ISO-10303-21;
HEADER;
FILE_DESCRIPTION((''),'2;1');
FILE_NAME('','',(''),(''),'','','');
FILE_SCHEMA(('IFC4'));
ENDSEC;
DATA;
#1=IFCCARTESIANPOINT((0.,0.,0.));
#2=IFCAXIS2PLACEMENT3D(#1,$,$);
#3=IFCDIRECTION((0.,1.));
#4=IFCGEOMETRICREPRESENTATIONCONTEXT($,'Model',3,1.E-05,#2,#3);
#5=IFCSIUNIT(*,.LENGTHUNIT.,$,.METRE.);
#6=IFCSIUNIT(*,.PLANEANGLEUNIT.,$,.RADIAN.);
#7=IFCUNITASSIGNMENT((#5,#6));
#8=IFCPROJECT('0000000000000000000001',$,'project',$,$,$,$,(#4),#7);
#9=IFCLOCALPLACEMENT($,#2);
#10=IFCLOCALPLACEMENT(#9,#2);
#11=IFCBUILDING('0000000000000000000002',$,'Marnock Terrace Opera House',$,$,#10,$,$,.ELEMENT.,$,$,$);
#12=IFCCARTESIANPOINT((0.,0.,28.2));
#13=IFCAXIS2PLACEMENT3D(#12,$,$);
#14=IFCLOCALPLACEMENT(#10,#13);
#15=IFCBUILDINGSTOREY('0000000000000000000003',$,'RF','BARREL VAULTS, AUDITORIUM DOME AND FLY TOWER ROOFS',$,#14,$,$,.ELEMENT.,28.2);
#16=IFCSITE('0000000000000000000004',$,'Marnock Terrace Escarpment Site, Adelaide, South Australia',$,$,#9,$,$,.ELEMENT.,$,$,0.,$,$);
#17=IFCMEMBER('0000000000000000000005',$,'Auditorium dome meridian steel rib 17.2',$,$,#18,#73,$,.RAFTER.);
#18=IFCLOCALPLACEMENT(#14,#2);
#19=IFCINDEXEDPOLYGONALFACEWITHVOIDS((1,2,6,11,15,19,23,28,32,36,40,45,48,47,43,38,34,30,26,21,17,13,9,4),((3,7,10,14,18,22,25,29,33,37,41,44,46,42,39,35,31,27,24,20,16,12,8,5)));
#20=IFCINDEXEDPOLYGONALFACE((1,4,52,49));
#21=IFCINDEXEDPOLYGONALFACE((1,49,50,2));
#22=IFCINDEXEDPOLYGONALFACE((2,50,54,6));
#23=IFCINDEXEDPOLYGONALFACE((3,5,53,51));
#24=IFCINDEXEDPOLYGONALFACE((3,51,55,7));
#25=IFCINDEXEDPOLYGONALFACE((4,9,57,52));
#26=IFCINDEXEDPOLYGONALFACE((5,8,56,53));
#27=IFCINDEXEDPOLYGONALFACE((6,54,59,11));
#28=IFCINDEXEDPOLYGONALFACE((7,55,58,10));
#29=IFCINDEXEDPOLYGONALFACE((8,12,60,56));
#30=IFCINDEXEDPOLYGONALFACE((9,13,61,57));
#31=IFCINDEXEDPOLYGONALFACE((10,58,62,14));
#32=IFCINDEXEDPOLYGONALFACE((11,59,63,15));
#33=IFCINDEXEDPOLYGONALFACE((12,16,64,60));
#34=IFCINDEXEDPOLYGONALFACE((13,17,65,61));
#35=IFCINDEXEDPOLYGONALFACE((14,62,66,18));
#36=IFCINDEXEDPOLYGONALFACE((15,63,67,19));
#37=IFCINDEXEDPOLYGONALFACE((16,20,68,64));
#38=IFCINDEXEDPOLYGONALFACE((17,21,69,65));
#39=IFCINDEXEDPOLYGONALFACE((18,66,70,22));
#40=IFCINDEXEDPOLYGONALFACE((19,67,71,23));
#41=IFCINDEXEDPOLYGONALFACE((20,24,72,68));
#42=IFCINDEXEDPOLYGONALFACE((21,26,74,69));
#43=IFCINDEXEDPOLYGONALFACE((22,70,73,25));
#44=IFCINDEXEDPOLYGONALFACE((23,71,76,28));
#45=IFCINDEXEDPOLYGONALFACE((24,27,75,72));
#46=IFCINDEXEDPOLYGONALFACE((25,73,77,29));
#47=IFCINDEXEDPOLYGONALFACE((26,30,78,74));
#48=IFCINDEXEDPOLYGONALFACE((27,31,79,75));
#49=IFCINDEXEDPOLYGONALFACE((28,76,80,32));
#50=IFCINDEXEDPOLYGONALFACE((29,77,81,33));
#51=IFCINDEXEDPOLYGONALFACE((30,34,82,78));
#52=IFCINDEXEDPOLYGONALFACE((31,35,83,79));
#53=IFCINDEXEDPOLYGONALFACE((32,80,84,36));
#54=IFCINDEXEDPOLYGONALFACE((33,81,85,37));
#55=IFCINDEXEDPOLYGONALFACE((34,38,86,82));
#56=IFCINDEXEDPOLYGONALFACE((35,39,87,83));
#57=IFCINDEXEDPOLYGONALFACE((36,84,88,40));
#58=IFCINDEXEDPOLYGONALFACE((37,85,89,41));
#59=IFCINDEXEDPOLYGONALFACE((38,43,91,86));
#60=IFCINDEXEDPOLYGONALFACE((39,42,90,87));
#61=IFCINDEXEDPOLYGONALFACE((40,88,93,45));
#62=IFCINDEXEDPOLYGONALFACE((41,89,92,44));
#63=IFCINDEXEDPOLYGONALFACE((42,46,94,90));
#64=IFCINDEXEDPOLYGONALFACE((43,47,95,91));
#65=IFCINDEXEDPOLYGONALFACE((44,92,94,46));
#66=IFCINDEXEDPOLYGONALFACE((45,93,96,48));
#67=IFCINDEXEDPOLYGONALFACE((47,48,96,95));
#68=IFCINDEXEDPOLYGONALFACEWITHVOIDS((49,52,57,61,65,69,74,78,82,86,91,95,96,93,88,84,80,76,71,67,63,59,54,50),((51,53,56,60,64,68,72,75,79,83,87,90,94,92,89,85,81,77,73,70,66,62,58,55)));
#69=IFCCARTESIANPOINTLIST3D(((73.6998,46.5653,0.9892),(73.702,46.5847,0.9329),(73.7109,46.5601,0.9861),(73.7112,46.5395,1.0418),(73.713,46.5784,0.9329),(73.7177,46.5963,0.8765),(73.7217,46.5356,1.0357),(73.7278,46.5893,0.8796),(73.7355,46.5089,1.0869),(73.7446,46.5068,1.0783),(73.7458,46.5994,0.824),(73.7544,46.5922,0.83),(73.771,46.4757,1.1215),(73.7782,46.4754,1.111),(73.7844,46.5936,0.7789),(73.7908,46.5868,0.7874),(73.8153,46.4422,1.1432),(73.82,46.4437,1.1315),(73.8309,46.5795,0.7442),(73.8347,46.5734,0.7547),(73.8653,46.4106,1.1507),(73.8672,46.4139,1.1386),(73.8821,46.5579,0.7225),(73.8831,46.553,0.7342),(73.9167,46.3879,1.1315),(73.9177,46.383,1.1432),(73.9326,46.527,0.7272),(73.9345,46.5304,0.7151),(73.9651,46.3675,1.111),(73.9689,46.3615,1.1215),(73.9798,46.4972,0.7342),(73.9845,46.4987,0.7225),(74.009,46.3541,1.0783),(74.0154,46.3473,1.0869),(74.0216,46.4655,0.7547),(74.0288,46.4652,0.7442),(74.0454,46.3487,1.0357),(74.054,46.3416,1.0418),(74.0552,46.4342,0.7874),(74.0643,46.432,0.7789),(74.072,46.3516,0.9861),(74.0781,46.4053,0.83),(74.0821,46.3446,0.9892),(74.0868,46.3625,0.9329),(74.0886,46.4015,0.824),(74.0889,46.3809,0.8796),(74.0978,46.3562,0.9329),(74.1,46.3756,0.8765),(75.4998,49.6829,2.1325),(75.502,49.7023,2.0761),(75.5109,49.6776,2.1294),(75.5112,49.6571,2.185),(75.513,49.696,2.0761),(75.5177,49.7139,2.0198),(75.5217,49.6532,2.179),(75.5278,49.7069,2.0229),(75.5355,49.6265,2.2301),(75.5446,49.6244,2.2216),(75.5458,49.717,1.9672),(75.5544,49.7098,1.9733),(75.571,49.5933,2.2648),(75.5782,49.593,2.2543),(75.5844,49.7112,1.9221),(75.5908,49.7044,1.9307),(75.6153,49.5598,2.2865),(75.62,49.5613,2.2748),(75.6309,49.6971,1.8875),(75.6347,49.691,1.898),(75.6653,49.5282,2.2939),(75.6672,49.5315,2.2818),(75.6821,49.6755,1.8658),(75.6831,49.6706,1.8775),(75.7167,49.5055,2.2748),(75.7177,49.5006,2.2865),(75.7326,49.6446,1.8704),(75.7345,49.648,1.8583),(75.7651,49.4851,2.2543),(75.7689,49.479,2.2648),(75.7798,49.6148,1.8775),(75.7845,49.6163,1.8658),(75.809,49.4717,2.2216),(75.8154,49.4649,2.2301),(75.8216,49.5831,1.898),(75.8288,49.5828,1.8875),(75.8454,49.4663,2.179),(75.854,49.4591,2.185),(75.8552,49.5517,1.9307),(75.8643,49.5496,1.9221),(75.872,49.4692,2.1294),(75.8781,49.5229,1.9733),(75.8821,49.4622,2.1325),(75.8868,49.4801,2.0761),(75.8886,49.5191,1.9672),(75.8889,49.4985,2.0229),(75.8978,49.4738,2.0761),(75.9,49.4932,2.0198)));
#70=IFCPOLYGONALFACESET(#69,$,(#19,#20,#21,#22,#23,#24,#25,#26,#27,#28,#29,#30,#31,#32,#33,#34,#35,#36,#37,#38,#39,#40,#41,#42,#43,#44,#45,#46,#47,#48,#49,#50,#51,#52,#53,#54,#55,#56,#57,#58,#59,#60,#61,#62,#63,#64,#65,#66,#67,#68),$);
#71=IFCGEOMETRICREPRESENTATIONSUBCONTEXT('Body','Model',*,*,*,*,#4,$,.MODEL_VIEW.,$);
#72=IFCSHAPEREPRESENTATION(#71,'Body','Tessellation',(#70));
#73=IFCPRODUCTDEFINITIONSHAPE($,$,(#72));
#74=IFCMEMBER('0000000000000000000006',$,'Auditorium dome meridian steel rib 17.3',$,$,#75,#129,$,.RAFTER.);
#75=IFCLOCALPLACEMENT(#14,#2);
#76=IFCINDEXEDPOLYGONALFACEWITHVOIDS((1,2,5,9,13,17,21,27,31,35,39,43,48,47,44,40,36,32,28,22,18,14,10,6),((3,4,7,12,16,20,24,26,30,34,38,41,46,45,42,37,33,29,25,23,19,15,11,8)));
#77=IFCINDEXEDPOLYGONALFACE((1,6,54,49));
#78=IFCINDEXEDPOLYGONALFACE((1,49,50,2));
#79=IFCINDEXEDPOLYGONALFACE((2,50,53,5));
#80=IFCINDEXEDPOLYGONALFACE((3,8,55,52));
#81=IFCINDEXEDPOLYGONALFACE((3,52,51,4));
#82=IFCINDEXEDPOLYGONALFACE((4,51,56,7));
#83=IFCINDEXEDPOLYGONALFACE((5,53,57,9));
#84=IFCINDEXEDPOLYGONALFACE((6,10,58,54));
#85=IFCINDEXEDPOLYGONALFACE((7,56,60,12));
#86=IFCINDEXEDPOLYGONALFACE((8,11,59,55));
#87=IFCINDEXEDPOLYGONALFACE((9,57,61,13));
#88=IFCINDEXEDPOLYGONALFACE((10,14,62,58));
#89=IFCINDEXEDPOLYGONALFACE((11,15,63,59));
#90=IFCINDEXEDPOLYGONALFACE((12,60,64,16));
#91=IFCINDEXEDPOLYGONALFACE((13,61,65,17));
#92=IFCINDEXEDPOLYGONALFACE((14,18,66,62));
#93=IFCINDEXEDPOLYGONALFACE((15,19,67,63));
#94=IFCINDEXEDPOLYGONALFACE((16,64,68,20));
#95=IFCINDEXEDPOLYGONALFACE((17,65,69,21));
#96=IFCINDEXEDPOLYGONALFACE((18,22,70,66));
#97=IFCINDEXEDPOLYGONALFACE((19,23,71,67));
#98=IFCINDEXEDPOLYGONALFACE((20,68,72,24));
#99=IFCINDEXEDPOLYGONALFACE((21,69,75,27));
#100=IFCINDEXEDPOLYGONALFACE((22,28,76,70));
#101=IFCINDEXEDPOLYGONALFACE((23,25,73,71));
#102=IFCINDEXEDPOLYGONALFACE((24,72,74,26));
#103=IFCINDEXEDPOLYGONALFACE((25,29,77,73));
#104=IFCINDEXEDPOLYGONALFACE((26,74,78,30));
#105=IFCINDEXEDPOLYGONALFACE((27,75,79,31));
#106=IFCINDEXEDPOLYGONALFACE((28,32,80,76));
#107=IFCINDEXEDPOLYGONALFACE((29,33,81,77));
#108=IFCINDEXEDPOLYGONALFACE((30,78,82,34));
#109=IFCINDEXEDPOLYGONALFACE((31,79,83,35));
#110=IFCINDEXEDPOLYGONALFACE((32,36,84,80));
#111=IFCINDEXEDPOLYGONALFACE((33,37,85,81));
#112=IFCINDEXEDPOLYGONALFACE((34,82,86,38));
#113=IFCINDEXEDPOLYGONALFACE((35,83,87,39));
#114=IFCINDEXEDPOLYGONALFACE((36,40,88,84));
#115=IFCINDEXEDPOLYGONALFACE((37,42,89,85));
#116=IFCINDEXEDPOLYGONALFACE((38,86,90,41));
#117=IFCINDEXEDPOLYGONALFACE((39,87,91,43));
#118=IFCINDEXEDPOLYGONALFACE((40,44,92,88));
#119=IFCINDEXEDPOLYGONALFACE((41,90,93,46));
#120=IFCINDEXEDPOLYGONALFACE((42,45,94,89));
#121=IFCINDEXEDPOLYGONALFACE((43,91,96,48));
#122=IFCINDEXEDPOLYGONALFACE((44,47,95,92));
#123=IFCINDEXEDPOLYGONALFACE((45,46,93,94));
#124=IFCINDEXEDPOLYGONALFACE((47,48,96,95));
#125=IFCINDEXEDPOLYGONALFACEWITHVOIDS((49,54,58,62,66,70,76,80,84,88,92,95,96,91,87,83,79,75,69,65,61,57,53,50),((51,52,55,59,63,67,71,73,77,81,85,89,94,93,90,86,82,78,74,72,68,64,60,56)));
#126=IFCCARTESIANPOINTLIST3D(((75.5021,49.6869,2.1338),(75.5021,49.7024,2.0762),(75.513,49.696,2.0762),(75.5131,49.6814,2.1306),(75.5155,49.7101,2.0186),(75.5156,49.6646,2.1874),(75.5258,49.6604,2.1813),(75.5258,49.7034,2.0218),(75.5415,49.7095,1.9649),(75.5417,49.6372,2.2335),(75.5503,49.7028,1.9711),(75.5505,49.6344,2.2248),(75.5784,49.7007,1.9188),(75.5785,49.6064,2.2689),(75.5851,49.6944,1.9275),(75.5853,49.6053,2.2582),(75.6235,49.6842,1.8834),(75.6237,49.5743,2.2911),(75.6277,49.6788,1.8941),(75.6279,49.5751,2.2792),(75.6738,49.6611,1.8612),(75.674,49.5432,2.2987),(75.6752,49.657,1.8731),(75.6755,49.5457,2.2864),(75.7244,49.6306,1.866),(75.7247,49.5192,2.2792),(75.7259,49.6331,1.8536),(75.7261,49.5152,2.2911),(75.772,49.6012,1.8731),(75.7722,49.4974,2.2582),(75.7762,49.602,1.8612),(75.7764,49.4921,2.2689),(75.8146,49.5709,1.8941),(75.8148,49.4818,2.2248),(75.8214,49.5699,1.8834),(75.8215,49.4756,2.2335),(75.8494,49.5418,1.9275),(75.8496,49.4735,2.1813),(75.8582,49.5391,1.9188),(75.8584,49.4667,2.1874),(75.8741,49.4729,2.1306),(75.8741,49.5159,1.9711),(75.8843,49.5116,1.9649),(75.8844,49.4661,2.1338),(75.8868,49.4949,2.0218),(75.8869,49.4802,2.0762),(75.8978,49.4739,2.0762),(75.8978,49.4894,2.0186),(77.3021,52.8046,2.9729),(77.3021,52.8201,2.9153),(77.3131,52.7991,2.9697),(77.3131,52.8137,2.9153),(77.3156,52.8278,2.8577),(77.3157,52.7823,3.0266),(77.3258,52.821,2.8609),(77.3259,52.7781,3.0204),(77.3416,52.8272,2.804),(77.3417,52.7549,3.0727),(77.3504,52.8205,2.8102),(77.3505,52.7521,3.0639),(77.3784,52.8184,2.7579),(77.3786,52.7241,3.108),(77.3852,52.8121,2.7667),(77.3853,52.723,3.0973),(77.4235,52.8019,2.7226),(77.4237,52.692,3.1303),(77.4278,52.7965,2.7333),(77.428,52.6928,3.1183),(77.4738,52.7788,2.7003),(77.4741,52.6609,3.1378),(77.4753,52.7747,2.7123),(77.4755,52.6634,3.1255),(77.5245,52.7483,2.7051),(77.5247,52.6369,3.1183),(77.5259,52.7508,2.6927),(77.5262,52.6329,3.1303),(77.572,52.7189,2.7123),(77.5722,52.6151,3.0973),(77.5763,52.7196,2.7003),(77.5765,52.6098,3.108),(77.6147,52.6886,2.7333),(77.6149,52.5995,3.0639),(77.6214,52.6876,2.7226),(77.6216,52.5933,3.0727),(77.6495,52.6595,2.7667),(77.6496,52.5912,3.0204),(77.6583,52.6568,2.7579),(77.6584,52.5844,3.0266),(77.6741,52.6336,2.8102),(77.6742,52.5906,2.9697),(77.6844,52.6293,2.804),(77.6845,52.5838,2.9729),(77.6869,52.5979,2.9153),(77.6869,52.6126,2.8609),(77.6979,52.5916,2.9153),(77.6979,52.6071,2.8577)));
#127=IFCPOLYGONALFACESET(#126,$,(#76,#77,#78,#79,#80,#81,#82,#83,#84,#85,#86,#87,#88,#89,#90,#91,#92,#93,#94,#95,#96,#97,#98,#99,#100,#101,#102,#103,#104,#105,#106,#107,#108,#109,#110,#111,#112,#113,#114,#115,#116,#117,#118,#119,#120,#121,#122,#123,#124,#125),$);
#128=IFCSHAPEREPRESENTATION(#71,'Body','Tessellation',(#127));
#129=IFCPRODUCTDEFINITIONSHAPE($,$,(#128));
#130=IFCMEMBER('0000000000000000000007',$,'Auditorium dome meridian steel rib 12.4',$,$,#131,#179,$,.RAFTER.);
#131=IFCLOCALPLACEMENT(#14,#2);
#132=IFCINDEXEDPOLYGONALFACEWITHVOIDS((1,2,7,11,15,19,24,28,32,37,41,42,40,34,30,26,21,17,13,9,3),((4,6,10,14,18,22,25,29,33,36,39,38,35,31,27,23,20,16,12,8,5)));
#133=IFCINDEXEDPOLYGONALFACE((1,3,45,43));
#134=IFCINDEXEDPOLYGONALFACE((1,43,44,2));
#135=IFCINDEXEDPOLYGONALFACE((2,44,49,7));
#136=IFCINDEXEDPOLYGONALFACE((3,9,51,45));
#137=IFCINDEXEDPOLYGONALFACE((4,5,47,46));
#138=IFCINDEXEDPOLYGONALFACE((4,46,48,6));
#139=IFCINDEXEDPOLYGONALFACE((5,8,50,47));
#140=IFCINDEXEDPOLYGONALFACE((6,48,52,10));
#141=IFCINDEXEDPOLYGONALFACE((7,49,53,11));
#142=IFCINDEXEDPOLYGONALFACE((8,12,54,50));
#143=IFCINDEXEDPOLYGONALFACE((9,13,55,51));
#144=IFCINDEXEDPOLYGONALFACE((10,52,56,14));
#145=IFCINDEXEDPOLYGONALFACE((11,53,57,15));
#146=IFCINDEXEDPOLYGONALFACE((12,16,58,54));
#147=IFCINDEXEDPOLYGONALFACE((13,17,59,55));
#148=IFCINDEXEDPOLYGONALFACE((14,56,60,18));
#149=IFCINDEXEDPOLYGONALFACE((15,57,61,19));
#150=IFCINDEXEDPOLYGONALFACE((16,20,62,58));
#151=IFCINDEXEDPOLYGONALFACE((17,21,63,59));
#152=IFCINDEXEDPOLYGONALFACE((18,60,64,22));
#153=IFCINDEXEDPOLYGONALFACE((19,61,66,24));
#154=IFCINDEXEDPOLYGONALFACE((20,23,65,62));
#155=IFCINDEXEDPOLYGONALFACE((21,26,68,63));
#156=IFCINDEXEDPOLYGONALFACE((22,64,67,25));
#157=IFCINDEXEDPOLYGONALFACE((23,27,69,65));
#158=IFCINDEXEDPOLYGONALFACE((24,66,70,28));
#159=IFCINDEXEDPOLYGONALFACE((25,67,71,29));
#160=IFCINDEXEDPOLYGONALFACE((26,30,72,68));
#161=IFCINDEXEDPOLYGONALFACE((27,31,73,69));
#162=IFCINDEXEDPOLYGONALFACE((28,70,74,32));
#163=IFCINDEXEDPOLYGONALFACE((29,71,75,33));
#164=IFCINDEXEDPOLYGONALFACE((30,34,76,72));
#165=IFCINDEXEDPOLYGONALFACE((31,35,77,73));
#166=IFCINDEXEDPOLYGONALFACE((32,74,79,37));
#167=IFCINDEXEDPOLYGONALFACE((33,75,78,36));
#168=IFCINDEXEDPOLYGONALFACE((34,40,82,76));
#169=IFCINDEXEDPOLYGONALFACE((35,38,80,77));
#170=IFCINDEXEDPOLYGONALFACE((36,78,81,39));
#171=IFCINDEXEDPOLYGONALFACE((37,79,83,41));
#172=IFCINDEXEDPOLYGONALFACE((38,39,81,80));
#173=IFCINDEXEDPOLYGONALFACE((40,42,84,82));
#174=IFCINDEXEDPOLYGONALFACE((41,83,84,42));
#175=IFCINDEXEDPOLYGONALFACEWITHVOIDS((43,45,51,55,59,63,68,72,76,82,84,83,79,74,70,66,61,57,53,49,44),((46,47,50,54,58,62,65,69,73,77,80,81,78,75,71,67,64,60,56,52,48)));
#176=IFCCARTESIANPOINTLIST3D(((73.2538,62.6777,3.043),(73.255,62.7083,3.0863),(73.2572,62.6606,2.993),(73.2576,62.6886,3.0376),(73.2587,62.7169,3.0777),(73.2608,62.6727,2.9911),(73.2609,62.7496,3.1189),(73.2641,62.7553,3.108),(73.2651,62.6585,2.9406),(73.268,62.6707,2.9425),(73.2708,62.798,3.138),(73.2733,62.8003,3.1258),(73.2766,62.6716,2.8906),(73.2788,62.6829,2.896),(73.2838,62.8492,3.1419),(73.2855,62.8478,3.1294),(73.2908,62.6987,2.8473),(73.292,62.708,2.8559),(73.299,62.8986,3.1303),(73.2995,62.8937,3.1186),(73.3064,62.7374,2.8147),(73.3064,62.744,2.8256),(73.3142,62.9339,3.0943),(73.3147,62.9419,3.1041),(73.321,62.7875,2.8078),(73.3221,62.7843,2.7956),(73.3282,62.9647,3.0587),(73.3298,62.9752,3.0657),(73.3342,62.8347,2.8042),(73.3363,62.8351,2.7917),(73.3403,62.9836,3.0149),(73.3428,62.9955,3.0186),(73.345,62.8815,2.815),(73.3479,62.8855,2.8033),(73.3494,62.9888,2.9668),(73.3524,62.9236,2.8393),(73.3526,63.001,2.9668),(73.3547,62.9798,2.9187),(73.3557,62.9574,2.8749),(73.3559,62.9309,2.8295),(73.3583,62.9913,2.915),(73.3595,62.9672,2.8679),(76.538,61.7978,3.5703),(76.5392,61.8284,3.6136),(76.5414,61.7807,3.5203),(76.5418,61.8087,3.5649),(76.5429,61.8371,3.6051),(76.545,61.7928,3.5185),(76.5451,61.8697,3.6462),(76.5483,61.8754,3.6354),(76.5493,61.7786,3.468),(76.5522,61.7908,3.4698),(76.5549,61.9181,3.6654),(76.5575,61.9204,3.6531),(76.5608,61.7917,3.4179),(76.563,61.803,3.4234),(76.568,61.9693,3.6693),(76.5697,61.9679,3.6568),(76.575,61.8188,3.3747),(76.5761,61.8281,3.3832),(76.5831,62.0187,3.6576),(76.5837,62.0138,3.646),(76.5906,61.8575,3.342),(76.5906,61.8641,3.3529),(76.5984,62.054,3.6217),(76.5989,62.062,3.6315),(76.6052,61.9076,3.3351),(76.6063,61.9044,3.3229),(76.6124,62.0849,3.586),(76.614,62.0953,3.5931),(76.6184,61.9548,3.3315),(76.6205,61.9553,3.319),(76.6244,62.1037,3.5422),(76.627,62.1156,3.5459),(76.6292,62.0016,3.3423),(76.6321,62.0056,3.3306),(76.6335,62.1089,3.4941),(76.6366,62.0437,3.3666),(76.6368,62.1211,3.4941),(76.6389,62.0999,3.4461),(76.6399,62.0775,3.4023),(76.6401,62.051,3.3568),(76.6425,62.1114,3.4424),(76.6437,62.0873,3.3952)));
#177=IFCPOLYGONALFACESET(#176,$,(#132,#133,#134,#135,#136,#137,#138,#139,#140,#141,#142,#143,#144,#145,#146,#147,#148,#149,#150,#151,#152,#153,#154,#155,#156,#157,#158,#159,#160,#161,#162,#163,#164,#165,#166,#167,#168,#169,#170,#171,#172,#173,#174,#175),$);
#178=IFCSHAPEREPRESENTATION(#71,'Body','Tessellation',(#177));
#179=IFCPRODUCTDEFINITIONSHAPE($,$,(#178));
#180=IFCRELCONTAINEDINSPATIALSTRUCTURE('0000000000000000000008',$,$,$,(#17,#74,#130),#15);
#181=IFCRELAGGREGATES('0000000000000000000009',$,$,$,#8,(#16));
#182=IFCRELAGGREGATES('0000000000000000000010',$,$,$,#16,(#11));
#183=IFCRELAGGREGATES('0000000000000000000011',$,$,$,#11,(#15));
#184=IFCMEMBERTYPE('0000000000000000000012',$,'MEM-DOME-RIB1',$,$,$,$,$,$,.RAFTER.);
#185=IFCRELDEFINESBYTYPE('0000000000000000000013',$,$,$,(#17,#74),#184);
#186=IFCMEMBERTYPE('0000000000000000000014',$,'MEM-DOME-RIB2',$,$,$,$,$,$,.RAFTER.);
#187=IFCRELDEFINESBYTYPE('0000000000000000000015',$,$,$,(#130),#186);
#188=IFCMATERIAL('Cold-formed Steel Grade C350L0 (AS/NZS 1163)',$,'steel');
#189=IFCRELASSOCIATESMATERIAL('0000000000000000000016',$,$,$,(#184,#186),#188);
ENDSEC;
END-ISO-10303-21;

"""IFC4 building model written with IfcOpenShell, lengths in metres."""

from ifc_helpers import new_model, si_unit, direction, frame, origin, origin_2d, place, context, subcontext, project, spatial, hollow_circle, extrude, material, material_profile, profile_set, type_object, element, save


model = new_model("IFC4")

# Units and contexts
model_context = context("Model", 3, precision=1e-05, world=origin(), true_north=direction((0.0, 1.0)))
body_context = subcontext(model_context, "Body", "Model", "MODEL_VIEW")
ifc_project = project(units=[si_unit("LENGTHUNIT", "METRE"), si_unit("PLANEANGLEUNIT", "RADIAN")], contexts=[model_context])

# Site, building, storey
site_placement = place(None, origin())
site = spatial("IfcSite", under=ifc_project, at=site_placement, Name="Marnock Terrace Escarpment Site, Adelaide, South Australia", CompositionType="ELEMENT", RefElevation=0.0)
building_placement = place(site_placement, origin())
building = spatial("IfcBuilding", under=site, at=building_placement, Name="Marnock Terrace Opera House", CompositionType="ELEMENT")
storey_placement = place(building_placement, frame((0.0, 0.0, 28.2)))
storey = spatial("IfcBuildingStorey", under=building, at=storey_placement, Name="RF", Description="BARREL VAULTS, AUDITORIUM DOME AND FLY TOWER ROOFS", CompositionType="ELEMENT", Elevation=28.2)

# Members
ifc_material_1 = material(Name="Cold-formed Steel Grade C350L0 (AS/NZS 1163)", Category="steel")
ifc_material_profile_1 = material_profile(ifc_material_1, hollow_circle(Radius=0.2285, WallThickness=0.0127, at=origin_2d()))
ifc_profile_set_1 = profile_set([ifc_material_profile_1], Name="Cold-formed Steel Grade C350L0 (AS/NZS 1163)")
member_type_1 = type_object("IfcMemberType", Name="MEM-DOME-RIB1", PredefinedType="RAFTER", material=ifc_profile_set_1)
member_1_placement = place(storey_placement, frame((73.8999, 46.4705, 0.9329), z_axis=(0.476556, 0.825393, 0.302687), x_axis=(-0.866018, 0.500012, 0.0)))
element("IfcMember", 1, at=member_1_placement, inside=storey, type_object=member_type_1, Name="Auditorium dome meridian steel rib 17.2", PredefinedType="RAFTER", context=body_context, shape_type="SweptSolid", body=[
    extrude(hollow_circle(Radius=0.2285, WallThickness=0.0127, at=origin_2d()), origin(), (0.0, 0.0, 1.0), 3.7771),
])
member_2_placement = place(storey_placement, frame((75.7, 49.5881, 2.0762), z_axis=(0.486959, 0.843411, 0.227001), x_axis=(-0.866018, 0.500012, 0.0)))
element("IfcMember", 2, at=member_2_placement, inside=storey, type_object=member_type_1, Name="Auditorium dome meridian steel rib 17.3", PredefinedType="RAFTER", context=body_context, shape_type="SweptSolid", body=[
    extrude(hollow_circle(Radius=0.2285, WallThickness=0.0127, at=origin_2d()), origin(), (0.0, 0.0, 1.0), 3.6965),
])
ifc_material_profile_2 = material_profile(ifc_material_1, hollow_circle(Radius=0.1777, WallThickness=0.0127, at=origin_2d()))
ifc_profile_set_2 = profile_set([ifc_material_profile_2], Name="Cold-formed Steel Grade C350L0 (AS/NZS 1163)")
member_type_2 = type_object("IfcMemberType", Name="MEM-DOME-RIB2", PredefinedType="RAFTER", material=ifc_profile_set_2)
for number, where, z_axis, x_axis, name in (
    (3, (73.3066, 62.8293, 2.9668), (0.954521, -0.255731, 0.153268), (0.258789, 0.965934, 0.0), "Auditorium dome meridian steel rib 12.4"),
):
    element("IfcMember", number, at=place(storey_placement, frame(where, z_axis=z_axis, x_axis=x_axis)), inside=storey, type_object=member_type_2, Name=name, PredefinedType="RAFTER", context=body_context, shape_type="SweptSolid", body=[
        extrude(hollow_circle(Radius=0.1777, WallThickness=0.0127, at=origin_2d()), origin(), (0.0, 0.0, 1.0), 3.4407),
    ])

save(model, "model.ifc")
